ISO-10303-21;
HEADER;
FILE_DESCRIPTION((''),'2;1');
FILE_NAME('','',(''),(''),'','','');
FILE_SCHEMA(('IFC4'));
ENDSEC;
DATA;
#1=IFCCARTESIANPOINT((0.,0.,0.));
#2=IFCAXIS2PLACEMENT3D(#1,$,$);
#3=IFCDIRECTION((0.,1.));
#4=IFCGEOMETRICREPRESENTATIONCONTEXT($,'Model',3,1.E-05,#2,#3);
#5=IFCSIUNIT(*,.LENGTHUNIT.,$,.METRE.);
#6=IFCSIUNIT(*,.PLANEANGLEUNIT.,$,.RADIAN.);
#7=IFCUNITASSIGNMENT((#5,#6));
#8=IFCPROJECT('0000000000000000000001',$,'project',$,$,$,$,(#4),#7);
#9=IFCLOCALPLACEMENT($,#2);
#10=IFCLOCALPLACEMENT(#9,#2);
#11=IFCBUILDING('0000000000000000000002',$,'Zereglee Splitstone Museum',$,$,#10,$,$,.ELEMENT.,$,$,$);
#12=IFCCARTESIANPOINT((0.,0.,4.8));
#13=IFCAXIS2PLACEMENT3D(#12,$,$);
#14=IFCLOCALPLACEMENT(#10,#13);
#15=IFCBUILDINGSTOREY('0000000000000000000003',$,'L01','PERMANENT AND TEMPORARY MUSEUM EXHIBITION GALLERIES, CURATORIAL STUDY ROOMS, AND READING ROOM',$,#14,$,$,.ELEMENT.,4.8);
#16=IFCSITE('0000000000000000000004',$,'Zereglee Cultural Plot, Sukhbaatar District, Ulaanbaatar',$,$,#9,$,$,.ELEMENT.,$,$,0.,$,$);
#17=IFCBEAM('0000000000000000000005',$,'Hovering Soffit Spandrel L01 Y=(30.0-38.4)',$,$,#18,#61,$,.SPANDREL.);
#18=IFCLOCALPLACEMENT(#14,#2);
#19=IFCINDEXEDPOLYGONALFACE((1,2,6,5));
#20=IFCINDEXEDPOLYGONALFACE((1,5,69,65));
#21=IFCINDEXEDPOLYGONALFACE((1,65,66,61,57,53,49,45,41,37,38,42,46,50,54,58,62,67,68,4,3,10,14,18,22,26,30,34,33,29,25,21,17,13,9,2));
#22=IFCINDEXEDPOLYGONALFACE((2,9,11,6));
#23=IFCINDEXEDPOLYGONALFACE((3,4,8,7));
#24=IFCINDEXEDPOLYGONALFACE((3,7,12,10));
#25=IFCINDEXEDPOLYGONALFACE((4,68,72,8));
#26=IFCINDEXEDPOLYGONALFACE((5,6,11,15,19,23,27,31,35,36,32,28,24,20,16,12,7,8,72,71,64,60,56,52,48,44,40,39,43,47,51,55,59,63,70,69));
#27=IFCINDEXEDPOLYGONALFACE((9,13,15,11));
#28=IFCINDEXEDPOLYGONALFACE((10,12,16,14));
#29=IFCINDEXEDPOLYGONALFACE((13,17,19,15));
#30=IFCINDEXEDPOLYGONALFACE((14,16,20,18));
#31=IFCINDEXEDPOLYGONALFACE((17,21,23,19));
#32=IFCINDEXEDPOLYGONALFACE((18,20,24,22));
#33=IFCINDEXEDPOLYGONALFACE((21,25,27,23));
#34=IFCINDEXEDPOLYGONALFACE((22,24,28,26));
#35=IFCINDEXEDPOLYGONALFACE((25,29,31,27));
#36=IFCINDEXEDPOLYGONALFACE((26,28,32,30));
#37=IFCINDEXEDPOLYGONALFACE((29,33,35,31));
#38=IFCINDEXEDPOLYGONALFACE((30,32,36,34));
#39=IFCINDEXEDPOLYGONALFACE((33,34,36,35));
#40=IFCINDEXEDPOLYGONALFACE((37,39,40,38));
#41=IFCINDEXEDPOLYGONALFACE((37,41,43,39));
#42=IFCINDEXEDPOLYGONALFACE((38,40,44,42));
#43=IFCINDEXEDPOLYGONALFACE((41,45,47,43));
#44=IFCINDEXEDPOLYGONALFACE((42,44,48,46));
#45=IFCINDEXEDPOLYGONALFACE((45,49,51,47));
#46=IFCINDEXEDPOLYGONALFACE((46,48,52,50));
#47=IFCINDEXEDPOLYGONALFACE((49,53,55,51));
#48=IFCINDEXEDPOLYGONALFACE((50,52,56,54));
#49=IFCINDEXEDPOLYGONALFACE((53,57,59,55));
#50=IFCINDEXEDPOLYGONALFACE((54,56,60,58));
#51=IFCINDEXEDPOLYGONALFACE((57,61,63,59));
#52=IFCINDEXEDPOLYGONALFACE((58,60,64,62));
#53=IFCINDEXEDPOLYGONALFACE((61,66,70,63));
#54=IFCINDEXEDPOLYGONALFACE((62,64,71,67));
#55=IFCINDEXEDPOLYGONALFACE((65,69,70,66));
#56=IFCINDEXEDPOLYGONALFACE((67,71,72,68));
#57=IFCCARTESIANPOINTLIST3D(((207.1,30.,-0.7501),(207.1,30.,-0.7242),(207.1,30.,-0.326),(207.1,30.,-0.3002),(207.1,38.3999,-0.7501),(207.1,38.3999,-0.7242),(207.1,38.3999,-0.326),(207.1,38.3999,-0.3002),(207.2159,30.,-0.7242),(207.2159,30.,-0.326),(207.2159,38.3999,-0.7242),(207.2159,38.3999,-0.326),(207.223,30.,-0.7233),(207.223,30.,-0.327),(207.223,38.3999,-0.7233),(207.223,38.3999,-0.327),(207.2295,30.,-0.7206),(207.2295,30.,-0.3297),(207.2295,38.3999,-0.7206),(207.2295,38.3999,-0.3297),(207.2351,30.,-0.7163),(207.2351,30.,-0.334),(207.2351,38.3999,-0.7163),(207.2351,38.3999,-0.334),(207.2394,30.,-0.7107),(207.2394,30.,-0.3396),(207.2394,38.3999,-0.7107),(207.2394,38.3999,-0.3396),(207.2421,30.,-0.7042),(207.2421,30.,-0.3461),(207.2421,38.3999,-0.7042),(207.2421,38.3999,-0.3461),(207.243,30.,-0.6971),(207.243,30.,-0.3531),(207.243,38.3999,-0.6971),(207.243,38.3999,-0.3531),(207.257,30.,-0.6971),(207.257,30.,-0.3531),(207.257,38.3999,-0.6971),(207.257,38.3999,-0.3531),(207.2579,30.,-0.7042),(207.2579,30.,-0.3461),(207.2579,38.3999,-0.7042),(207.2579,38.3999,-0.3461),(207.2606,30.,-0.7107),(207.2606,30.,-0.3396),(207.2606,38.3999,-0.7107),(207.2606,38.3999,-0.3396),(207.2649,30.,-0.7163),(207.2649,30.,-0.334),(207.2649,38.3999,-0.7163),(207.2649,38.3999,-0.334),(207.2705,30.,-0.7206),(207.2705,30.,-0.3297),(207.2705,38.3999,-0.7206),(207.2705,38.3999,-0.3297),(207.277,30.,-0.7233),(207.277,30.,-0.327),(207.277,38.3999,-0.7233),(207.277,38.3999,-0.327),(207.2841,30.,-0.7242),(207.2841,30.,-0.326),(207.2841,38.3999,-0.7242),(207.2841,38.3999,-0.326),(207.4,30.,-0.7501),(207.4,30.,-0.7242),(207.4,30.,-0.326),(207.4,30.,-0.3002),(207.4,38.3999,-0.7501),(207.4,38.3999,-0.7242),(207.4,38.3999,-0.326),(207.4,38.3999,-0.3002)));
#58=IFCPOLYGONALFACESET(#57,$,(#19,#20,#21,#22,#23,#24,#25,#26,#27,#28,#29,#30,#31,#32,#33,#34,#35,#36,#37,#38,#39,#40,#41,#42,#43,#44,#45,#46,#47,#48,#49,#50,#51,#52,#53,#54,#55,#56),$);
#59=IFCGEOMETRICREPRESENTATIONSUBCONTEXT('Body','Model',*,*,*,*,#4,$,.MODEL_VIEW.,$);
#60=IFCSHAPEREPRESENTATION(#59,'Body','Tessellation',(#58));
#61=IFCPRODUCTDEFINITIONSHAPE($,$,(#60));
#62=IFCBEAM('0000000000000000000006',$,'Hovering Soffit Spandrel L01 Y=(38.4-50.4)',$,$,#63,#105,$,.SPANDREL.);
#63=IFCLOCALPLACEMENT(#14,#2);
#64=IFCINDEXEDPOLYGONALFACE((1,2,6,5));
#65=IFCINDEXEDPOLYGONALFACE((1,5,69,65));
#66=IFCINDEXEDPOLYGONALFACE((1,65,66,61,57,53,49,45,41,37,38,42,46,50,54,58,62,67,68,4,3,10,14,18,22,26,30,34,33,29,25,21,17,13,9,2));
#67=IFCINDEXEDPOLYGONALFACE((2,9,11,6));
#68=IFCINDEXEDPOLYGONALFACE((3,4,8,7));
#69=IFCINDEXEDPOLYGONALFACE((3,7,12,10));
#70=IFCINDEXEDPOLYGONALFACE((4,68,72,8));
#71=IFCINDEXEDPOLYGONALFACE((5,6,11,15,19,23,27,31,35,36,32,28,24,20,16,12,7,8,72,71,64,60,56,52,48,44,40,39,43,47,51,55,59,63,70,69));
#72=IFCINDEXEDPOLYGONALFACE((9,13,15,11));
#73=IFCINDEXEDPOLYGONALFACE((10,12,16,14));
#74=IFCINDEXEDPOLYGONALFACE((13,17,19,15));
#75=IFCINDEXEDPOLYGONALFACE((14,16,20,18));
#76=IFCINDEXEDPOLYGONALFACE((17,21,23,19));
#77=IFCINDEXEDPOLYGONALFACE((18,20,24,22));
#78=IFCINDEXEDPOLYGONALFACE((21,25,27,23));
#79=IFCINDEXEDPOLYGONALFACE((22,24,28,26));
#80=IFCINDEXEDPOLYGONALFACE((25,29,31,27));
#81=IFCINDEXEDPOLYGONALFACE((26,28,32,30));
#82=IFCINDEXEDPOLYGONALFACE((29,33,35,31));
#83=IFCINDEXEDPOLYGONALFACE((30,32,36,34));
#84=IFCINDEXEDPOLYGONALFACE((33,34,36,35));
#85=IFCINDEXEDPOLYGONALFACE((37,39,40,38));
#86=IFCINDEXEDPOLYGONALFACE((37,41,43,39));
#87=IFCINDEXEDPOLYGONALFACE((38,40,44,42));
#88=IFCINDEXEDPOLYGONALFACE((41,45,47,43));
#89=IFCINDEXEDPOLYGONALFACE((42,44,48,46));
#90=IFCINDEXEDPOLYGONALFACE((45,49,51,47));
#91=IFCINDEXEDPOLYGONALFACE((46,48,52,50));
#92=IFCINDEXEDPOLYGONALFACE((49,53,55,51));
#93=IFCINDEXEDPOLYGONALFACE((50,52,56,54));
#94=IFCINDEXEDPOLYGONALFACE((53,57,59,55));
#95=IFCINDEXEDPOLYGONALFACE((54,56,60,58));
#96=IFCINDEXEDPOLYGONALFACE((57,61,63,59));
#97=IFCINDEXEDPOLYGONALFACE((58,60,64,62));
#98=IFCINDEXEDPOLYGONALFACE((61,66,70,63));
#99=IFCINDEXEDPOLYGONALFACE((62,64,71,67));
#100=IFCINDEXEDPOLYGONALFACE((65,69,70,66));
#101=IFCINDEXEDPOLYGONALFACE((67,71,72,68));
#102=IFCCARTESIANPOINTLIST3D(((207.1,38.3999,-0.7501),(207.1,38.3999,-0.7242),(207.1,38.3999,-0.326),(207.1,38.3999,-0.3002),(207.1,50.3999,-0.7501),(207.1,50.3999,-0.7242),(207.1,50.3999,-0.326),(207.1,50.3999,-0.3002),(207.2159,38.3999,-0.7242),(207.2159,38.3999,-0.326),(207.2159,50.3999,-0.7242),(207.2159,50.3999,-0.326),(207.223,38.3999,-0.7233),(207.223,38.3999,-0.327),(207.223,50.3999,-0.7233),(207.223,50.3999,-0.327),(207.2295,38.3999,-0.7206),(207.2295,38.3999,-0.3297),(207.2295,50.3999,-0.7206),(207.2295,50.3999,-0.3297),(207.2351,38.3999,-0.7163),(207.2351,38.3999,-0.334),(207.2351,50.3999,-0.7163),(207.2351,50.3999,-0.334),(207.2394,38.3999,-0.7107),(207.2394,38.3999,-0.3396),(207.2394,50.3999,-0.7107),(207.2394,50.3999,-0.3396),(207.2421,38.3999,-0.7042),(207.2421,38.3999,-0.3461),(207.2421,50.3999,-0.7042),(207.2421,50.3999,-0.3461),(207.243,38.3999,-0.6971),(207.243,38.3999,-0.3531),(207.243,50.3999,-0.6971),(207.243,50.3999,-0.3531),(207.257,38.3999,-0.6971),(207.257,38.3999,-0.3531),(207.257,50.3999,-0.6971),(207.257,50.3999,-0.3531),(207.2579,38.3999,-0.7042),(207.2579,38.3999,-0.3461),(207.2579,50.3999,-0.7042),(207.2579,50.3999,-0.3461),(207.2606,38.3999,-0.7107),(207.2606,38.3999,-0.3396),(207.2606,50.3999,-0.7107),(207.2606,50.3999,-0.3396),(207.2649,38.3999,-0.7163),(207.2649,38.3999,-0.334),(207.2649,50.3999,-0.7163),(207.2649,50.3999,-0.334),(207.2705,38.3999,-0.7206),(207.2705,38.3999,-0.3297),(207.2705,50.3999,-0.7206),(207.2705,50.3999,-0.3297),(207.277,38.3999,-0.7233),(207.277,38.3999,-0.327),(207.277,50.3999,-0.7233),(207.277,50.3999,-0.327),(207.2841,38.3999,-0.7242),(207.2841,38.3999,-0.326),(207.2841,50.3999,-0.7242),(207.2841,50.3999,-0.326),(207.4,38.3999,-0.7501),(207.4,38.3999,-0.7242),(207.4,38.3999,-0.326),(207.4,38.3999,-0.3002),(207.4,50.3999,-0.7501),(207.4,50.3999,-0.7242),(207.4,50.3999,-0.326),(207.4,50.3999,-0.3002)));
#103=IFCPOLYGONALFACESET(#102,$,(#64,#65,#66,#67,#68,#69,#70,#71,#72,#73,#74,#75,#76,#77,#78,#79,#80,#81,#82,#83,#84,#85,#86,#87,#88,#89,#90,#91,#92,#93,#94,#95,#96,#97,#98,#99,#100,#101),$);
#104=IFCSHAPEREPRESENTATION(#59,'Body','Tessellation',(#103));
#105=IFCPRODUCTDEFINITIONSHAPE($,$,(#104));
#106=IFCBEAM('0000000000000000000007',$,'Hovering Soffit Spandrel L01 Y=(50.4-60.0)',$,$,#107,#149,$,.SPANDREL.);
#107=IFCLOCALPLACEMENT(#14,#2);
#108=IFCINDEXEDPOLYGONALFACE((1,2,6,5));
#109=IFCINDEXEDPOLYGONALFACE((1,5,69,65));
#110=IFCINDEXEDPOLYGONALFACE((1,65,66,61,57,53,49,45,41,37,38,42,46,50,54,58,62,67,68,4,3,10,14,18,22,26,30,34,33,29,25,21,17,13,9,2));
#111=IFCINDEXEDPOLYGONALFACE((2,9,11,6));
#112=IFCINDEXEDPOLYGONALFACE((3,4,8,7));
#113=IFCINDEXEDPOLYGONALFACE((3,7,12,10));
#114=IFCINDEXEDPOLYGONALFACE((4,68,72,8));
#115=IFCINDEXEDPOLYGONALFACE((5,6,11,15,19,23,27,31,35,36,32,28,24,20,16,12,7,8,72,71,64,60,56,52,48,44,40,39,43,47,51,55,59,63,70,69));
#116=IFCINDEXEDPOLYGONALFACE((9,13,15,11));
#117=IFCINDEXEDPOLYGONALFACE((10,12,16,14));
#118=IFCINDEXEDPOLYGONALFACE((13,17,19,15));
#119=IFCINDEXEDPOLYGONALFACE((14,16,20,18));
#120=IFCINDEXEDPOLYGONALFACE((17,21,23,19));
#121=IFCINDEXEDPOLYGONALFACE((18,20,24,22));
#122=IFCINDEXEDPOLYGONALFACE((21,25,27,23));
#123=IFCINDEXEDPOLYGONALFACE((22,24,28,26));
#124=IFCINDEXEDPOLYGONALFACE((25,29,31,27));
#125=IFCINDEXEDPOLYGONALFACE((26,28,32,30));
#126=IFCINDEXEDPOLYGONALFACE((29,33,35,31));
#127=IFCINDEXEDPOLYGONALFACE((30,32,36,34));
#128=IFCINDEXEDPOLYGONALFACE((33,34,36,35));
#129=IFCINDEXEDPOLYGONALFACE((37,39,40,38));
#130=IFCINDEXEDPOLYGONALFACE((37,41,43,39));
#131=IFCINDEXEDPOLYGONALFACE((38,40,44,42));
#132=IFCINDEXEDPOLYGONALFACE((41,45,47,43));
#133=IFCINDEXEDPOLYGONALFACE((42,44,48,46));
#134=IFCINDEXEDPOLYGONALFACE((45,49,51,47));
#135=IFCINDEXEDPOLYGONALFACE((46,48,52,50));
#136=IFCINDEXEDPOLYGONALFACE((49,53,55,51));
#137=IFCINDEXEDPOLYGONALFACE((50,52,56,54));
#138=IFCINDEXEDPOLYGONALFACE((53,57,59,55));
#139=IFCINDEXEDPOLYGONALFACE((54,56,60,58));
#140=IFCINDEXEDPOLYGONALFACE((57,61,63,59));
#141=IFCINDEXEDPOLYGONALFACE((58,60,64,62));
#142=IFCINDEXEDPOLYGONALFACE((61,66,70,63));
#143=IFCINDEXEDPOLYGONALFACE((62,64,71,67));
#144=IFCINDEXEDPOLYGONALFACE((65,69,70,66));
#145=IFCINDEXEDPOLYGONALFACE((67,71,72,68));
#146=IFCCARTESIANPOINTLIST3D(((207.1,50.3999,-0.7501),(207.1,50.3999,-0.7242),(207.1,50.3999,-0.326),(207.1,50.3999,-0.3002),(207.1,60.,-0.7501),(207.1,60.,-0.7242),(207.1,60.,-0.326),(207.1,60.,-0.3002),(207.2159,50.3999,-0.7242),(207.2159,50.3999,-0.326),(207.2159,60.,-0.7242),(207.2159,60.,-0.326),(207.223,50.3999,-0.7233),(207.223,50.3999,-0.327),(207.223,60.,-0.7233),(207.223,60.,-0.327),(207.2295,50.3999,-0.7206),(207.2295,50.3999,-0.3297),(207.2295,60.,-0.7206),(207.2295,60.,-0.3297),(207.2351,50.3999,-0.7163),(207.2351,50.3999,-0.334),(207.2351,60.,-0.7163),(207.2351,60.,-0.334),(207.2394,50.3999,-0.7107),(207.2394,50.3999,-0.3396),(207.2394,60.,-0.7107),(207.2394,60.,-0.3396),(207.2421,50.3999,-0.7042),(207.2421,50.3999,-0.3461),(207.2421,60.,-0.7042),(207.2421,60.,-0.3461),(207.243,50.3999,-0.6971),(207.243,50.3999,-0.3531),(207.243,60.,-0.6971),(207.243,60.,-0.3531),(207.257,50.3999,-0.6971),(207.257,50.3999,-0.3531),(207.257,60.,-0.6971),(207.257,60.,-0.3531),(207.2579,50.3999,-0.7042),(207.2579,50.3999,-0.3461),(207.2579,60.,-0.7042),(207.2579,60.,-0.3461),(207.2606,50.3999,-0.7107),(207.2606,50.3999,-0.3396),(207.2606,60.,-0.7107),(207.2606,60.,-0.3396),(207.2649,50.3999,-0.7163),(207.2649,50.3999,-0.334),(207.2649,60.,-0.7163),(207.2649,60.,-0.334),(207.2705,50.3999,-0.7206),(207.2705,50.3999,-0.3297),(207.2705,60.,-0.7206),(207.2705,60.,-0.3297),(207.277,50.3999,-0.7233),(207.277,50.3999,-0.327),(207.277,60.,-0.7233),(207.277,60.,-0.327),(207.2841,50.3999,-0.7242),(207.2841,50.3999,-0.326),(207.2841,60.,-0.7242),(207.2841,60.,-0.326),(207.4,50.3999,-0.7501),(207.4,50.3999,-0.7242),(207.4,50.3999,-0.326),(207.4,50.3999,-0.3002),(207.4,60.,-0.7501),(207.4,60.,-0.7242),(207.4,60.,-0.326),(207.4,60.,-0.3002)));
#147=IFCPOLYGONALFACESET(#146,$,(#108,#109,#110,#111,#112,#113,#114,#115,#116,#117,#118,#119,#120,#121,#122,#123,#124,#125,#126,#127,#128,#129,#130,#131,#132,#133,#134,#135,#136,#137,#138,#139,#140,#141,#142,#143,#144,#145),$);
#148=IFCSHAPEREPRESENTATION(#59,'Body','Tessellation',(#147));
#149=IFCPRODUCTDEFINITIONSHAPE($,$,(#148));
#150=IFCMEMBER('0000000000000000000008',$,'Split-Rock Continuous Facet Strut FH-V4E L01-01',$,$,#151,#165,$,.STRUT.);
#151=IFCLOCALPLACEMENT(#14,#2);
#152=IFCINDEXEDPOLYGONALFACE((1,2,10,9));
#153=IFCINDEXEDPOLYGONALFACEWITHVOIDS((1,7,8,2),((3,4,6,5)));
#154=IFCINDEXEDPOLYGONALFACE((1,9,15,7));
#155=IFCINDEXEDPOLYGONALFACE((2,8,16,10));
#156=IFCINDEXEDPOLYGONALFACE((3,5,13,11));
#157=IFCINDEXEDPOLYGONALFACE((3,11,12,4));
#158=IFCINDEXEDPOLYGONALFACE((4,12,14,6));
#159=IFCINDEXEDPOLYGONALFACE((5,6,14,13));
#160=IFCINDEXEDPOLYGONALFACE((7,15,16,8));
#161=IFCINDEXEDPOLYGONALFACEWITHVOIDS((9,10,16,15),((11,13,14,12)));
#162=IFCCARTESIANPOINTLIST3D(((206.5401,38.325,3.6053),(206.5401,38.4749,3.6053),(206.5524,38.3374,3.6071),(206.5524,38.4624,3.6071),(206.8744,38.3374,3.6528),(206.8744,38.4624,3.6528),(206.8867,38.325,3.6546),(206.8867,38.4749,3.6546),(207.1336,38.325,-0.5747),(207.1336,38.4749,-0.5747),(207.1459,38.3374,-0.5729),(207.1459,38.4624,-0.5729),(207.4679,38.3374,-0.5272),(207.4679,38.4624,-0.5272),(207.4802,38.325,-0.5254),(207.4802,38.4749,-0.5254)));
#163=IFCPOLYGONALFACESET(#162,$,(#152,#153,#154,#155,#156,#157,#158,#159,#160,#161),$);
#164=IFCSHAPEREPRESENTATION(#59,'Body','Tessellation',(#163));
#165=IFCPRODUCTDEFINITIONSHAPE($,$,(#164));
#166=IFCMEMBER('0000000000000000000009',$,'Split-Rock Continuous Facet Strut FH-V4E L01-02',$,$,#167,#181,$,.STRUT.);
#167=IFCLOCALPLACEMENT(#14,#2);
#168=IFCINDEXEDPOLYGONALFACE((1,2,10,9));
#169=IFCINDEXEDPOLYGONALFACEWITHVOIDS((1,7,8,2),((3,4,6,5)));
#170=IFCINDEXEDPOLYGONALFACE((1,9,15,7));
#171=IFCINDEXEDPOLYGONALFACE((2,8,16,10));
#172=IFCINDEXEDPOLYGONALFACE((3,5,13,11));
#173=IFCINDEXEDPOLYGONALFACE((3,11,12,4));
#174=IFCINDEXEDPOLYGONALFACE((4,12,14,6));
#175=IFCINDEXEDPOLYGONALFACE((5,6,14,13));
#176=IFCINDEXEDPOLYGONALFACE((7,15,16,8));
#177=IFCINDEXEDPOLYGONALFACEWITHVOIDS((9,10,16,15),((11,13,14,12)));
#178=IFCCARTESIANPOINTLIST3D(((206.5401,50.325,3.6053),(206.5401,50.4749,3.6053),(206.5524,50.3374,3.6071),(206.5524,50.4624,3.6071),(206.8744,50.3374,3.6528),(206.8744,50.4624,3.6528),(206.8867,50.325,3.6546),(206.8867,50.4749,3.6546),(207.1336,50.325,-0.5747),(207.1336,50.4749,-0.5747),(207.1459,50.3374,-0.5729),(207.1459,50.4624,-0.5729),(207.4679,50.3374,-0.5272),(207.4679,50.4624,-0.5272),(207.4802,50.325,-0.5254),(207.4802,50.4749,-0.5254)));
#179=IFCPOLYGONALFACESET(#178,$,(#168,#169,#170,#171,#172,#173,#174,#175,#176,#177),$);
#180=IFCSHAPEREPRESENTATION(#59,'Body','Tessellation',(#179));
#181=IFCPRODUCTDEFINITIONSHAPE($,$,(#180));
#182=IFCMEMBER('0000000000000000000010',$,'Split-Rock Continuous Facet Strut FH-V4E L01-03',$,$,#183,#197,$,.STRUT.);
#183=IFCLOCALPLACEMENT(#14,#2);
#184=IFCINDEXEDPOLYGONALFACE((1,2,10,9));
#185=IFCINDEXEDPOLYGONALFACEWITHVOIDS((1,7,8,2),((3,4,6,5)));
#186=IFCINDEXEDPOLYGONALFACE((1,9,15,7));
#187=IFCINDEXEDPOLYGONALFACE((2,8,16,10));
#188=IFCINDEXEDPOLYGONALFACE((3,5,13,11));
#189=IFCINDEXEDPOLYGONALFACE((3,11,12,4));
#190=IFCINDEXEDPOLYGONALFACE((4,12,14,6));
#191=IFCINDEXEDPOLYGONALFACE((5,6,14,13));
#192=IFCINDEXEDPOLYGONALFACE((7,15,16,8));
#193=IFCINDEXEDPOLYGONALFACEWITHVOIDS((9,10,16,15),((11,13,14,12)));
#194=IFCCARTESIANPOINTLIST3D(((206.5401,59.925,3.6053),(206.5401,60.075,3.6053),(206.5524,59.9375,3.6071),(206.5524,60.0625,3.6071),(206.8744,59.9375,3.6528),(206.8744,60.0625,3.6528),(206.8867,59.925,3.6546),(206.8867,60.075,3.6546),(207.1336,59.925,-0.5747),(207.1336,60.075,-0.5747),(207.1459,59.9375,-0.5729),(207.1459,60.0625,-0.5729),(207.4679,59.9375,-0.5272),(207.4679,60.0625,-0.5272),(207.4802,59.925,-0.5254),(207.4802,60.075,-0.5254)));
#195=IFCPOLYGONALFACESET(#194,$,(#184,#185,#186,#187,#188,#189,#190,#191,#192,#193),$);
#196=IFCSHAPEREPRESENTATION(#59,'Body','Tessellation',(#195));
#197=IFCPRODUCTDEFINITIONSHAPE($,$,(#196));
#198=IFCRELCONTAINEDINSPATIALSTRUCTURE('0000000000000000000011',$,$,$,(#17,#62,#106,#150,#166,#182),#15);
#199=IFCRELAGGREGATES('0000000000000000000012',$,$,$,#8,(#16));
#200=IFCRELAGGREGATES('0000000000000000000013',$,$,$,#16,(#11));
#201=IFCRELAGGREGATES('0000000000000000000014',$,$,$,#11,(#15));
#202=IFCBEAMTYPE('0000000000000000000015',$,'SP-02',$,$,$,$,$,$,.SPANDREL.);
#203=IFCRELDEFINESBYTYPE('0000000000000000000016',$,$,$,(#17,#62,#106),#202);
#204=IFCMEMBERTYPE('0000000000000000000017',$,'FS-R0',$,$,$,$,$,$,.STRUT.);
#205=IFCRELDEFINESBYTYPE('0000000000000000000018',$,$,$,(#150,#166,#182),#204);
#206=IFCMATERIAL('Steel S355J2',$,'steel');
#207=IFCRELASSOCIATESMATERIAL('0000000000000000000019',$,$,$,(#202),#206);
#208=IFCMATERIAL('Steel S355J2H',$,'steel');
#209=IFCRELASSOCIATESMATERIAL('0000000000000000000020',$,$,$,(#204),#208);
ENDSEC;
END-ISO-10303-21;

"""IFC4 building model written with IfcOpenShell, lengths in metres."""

from ifc_helpers import new_model, si_unit, direction, frame, origin, origin_2d, place, context, subcontext, project, spatial, hollow_rectangle, i_section, extrude, material, material_profile, profile_set, type_object, element, save


model = new_model("IFC4")

# Units and contexts
model_context = context("Model", 3, precision=1e-05, world=origin(), true_north=direction((0.0, 1.0)))
body_context = subcontext(model_context, "Body", "Model", "MODEL_VIEW")
ifc_project = project(units=[si_unit("LENGTHUNIT", "METRE"), si_unit("PLANEANGLEUNIT", "RADIAN")], contexts=[model_context])

# Site, building, storey
site_placement = place(None, origin())
site = spatial("IfcSite", under=ifc_project, at=site_placement, Name="Zereglee Cultural Plot, Sukhbaatar District, Ulaanbaatar", CompositionType="ELEMENT", RefElevation=0.0)
building_placement = place(site_placement, origin())
building = spatial("IfcBuilding", under=site, at=building_placement, Name="Zereglee Splitstone Museum", CompositionType="ELEMENT")
storey_placement = place(building_placement, frame((0.0, 0.0, 4.8)))
storey = spatial("IfcBuildingStorey", under=building, at=storey_placement, Name="L01", Description="PERMANENT AND TEMPORARY MUSEUM EXHIBITION GALLERIES, CURATORIAL STUDY ROOMS, AND READING ROOM", CompositionType="ELEMENT", Elevation=4.8)

# Shared definitions
ifc_material_1 = material(Name="Steel S355J2", Category="steel")

# Beams
ifc_material_profile_1 = material_profile(ifc_material_1, i_section(OverallWidth=0.3, OverallDepth=0.45, WebThickness=0.0139, FlangeThickness=0.0259, FilletRadius=0.0271, at=origin_2d()), Name="HE 450 B")
ifc_profile_set_1 = profile_set([ifc_material_profile_1], Name="Steel S355J2")
beam_type = type_object("IfcBeamType", Name="SP-02", PredefinedType="SPANDREL", material=ifc_profile_set_1)
beam_1_placement = place(storey_placement, frame((207.25, 30.0, -0.5251), z_axis=(0.0, 1.0, 0.0), x_axis=(-1.0, 0.0, 0.0)))
element("IfcBeam", 1, at=beam_1_placement, inside=storey, type_object=beam_type, Name="Hovering Soffit Spandrel L01 Y=(30.0-38.4)", PredefinedType="SPANDREL", context=body_context, shape_type="SweptSolid", body=[
    extrude(i_section(OverallWidth=0.3, OverallDepth=0.45, WebThickness=0.0139, FlangeThickness=0.0259, FilletRadius=0.0271, at=origin_2d()), origin(), (0.0, 0.0, 1.0), 8.3999),
])
beam_2_placement = place(storey_placement, frame((207.25, 38.3999, -0.5251), z_axis=(0.0, 1.0, 0.0), x_axis=(-1.0, 0.0, 0.0)))
element("IfcBeam", 2, at=beam_2_placement, inside=storey, type_object=beam_type, Name="Hovering Soffit Spandrel L01 Y=(38.4-50.4)", PredefinedType="SPANDREL", context=body_context, shape_type="SweptSolid", body=[
    extrude(i_section(OverallWidth=0.3, OverallDepth=0.45, WebThickness=0.0139, FlangeThickness=0.0259, FilletRadius=0.0271, at=origin_2d()), origin(), (0.0, 0.0, 1.0), 12.0),
])
beam_3_placement = place(storey_placement, frame((207.25, 50.3999, -0.5251), z_axis=(0.0, 1.0, 0.0), x_axis=(-1.0, 0.0, 0.0)))
element("IfcBeam", 3, at=beam_3_placement, inside=storey, type_object=beam_type, Name="Hovering Soffit Spandrel L01 Y=(50.4-60.0)", PredefinedType="SPANDREL", context=body_context, shape_type="SweptSolid", body=[
    extrude(i_section(OverallWidth=0.3, OverallDepth=0.45, WebThickness=0.0139, FlangeThickness=0.0259, FilletRadius=0.0271, at=origin_2d()), origin(), (0.0, 0.0, 1.0), 9.6001),
])

# Members
ifc_material_2 = material(Name="Steel S355J2H", Category="steel")
ifc_material_profile_2 = material_profile(ifc_material_2, hollow_rectangle(XDim=0.1499, YDim=0.3501, WallThickness=0.0125, at=origin_2d()), Name="RHS 350x150x12.5")
ifc_profile_set_2 = profile_set([ifc_material_profile_2], Name="Steel S355J2H")
member_type_1 = type_object("IfcMemberType", Name="FS-R0", PredefinedType="STRUT", material=ifc_profile_set_2)
for number, where, z_axis, x_axis, name in (
    (4, (207.3069, 38.3999, -0.55), (-0.140579, 0.0, 0.990069), (0.0, -1.0, 0.0), "Split-Rock Continuous Facet Strut FH-V4E L01-01"),
    (5, (207.3069, 50.3999, -0.55), (-0.140579, 0.0, 0.990069), (0.0, -1.0, 0.0), "Split-Rock Continuous Facet Strut FH-V4E L01-02"),
    (6, (207.3069, 60.0, -0.55), (-0.140579, 0.0, 0.990069), (0.0, -1.0, 0.0), "Split-Rock Continuous Facet Strut FH-V4E L01-03"),
):
    element("IfcMember", number, at=place(storey_placement, frame(where, z_axis=z_axis, x_axis=x_axis)), inside=storey, type_object=member_type_1, Name=name, PredefinedType="STRUT", context=body_context, shape_type="SweptSolid", body=[
        extrude(hollow_rectangle(XDim=0.1499, YDim=0.3501, WallThickness=0.0125, at=origin_2d()), origin(), (0.0, 0.0, 1.0), 4.2219),
    ])

save(model, "model.ifc")
